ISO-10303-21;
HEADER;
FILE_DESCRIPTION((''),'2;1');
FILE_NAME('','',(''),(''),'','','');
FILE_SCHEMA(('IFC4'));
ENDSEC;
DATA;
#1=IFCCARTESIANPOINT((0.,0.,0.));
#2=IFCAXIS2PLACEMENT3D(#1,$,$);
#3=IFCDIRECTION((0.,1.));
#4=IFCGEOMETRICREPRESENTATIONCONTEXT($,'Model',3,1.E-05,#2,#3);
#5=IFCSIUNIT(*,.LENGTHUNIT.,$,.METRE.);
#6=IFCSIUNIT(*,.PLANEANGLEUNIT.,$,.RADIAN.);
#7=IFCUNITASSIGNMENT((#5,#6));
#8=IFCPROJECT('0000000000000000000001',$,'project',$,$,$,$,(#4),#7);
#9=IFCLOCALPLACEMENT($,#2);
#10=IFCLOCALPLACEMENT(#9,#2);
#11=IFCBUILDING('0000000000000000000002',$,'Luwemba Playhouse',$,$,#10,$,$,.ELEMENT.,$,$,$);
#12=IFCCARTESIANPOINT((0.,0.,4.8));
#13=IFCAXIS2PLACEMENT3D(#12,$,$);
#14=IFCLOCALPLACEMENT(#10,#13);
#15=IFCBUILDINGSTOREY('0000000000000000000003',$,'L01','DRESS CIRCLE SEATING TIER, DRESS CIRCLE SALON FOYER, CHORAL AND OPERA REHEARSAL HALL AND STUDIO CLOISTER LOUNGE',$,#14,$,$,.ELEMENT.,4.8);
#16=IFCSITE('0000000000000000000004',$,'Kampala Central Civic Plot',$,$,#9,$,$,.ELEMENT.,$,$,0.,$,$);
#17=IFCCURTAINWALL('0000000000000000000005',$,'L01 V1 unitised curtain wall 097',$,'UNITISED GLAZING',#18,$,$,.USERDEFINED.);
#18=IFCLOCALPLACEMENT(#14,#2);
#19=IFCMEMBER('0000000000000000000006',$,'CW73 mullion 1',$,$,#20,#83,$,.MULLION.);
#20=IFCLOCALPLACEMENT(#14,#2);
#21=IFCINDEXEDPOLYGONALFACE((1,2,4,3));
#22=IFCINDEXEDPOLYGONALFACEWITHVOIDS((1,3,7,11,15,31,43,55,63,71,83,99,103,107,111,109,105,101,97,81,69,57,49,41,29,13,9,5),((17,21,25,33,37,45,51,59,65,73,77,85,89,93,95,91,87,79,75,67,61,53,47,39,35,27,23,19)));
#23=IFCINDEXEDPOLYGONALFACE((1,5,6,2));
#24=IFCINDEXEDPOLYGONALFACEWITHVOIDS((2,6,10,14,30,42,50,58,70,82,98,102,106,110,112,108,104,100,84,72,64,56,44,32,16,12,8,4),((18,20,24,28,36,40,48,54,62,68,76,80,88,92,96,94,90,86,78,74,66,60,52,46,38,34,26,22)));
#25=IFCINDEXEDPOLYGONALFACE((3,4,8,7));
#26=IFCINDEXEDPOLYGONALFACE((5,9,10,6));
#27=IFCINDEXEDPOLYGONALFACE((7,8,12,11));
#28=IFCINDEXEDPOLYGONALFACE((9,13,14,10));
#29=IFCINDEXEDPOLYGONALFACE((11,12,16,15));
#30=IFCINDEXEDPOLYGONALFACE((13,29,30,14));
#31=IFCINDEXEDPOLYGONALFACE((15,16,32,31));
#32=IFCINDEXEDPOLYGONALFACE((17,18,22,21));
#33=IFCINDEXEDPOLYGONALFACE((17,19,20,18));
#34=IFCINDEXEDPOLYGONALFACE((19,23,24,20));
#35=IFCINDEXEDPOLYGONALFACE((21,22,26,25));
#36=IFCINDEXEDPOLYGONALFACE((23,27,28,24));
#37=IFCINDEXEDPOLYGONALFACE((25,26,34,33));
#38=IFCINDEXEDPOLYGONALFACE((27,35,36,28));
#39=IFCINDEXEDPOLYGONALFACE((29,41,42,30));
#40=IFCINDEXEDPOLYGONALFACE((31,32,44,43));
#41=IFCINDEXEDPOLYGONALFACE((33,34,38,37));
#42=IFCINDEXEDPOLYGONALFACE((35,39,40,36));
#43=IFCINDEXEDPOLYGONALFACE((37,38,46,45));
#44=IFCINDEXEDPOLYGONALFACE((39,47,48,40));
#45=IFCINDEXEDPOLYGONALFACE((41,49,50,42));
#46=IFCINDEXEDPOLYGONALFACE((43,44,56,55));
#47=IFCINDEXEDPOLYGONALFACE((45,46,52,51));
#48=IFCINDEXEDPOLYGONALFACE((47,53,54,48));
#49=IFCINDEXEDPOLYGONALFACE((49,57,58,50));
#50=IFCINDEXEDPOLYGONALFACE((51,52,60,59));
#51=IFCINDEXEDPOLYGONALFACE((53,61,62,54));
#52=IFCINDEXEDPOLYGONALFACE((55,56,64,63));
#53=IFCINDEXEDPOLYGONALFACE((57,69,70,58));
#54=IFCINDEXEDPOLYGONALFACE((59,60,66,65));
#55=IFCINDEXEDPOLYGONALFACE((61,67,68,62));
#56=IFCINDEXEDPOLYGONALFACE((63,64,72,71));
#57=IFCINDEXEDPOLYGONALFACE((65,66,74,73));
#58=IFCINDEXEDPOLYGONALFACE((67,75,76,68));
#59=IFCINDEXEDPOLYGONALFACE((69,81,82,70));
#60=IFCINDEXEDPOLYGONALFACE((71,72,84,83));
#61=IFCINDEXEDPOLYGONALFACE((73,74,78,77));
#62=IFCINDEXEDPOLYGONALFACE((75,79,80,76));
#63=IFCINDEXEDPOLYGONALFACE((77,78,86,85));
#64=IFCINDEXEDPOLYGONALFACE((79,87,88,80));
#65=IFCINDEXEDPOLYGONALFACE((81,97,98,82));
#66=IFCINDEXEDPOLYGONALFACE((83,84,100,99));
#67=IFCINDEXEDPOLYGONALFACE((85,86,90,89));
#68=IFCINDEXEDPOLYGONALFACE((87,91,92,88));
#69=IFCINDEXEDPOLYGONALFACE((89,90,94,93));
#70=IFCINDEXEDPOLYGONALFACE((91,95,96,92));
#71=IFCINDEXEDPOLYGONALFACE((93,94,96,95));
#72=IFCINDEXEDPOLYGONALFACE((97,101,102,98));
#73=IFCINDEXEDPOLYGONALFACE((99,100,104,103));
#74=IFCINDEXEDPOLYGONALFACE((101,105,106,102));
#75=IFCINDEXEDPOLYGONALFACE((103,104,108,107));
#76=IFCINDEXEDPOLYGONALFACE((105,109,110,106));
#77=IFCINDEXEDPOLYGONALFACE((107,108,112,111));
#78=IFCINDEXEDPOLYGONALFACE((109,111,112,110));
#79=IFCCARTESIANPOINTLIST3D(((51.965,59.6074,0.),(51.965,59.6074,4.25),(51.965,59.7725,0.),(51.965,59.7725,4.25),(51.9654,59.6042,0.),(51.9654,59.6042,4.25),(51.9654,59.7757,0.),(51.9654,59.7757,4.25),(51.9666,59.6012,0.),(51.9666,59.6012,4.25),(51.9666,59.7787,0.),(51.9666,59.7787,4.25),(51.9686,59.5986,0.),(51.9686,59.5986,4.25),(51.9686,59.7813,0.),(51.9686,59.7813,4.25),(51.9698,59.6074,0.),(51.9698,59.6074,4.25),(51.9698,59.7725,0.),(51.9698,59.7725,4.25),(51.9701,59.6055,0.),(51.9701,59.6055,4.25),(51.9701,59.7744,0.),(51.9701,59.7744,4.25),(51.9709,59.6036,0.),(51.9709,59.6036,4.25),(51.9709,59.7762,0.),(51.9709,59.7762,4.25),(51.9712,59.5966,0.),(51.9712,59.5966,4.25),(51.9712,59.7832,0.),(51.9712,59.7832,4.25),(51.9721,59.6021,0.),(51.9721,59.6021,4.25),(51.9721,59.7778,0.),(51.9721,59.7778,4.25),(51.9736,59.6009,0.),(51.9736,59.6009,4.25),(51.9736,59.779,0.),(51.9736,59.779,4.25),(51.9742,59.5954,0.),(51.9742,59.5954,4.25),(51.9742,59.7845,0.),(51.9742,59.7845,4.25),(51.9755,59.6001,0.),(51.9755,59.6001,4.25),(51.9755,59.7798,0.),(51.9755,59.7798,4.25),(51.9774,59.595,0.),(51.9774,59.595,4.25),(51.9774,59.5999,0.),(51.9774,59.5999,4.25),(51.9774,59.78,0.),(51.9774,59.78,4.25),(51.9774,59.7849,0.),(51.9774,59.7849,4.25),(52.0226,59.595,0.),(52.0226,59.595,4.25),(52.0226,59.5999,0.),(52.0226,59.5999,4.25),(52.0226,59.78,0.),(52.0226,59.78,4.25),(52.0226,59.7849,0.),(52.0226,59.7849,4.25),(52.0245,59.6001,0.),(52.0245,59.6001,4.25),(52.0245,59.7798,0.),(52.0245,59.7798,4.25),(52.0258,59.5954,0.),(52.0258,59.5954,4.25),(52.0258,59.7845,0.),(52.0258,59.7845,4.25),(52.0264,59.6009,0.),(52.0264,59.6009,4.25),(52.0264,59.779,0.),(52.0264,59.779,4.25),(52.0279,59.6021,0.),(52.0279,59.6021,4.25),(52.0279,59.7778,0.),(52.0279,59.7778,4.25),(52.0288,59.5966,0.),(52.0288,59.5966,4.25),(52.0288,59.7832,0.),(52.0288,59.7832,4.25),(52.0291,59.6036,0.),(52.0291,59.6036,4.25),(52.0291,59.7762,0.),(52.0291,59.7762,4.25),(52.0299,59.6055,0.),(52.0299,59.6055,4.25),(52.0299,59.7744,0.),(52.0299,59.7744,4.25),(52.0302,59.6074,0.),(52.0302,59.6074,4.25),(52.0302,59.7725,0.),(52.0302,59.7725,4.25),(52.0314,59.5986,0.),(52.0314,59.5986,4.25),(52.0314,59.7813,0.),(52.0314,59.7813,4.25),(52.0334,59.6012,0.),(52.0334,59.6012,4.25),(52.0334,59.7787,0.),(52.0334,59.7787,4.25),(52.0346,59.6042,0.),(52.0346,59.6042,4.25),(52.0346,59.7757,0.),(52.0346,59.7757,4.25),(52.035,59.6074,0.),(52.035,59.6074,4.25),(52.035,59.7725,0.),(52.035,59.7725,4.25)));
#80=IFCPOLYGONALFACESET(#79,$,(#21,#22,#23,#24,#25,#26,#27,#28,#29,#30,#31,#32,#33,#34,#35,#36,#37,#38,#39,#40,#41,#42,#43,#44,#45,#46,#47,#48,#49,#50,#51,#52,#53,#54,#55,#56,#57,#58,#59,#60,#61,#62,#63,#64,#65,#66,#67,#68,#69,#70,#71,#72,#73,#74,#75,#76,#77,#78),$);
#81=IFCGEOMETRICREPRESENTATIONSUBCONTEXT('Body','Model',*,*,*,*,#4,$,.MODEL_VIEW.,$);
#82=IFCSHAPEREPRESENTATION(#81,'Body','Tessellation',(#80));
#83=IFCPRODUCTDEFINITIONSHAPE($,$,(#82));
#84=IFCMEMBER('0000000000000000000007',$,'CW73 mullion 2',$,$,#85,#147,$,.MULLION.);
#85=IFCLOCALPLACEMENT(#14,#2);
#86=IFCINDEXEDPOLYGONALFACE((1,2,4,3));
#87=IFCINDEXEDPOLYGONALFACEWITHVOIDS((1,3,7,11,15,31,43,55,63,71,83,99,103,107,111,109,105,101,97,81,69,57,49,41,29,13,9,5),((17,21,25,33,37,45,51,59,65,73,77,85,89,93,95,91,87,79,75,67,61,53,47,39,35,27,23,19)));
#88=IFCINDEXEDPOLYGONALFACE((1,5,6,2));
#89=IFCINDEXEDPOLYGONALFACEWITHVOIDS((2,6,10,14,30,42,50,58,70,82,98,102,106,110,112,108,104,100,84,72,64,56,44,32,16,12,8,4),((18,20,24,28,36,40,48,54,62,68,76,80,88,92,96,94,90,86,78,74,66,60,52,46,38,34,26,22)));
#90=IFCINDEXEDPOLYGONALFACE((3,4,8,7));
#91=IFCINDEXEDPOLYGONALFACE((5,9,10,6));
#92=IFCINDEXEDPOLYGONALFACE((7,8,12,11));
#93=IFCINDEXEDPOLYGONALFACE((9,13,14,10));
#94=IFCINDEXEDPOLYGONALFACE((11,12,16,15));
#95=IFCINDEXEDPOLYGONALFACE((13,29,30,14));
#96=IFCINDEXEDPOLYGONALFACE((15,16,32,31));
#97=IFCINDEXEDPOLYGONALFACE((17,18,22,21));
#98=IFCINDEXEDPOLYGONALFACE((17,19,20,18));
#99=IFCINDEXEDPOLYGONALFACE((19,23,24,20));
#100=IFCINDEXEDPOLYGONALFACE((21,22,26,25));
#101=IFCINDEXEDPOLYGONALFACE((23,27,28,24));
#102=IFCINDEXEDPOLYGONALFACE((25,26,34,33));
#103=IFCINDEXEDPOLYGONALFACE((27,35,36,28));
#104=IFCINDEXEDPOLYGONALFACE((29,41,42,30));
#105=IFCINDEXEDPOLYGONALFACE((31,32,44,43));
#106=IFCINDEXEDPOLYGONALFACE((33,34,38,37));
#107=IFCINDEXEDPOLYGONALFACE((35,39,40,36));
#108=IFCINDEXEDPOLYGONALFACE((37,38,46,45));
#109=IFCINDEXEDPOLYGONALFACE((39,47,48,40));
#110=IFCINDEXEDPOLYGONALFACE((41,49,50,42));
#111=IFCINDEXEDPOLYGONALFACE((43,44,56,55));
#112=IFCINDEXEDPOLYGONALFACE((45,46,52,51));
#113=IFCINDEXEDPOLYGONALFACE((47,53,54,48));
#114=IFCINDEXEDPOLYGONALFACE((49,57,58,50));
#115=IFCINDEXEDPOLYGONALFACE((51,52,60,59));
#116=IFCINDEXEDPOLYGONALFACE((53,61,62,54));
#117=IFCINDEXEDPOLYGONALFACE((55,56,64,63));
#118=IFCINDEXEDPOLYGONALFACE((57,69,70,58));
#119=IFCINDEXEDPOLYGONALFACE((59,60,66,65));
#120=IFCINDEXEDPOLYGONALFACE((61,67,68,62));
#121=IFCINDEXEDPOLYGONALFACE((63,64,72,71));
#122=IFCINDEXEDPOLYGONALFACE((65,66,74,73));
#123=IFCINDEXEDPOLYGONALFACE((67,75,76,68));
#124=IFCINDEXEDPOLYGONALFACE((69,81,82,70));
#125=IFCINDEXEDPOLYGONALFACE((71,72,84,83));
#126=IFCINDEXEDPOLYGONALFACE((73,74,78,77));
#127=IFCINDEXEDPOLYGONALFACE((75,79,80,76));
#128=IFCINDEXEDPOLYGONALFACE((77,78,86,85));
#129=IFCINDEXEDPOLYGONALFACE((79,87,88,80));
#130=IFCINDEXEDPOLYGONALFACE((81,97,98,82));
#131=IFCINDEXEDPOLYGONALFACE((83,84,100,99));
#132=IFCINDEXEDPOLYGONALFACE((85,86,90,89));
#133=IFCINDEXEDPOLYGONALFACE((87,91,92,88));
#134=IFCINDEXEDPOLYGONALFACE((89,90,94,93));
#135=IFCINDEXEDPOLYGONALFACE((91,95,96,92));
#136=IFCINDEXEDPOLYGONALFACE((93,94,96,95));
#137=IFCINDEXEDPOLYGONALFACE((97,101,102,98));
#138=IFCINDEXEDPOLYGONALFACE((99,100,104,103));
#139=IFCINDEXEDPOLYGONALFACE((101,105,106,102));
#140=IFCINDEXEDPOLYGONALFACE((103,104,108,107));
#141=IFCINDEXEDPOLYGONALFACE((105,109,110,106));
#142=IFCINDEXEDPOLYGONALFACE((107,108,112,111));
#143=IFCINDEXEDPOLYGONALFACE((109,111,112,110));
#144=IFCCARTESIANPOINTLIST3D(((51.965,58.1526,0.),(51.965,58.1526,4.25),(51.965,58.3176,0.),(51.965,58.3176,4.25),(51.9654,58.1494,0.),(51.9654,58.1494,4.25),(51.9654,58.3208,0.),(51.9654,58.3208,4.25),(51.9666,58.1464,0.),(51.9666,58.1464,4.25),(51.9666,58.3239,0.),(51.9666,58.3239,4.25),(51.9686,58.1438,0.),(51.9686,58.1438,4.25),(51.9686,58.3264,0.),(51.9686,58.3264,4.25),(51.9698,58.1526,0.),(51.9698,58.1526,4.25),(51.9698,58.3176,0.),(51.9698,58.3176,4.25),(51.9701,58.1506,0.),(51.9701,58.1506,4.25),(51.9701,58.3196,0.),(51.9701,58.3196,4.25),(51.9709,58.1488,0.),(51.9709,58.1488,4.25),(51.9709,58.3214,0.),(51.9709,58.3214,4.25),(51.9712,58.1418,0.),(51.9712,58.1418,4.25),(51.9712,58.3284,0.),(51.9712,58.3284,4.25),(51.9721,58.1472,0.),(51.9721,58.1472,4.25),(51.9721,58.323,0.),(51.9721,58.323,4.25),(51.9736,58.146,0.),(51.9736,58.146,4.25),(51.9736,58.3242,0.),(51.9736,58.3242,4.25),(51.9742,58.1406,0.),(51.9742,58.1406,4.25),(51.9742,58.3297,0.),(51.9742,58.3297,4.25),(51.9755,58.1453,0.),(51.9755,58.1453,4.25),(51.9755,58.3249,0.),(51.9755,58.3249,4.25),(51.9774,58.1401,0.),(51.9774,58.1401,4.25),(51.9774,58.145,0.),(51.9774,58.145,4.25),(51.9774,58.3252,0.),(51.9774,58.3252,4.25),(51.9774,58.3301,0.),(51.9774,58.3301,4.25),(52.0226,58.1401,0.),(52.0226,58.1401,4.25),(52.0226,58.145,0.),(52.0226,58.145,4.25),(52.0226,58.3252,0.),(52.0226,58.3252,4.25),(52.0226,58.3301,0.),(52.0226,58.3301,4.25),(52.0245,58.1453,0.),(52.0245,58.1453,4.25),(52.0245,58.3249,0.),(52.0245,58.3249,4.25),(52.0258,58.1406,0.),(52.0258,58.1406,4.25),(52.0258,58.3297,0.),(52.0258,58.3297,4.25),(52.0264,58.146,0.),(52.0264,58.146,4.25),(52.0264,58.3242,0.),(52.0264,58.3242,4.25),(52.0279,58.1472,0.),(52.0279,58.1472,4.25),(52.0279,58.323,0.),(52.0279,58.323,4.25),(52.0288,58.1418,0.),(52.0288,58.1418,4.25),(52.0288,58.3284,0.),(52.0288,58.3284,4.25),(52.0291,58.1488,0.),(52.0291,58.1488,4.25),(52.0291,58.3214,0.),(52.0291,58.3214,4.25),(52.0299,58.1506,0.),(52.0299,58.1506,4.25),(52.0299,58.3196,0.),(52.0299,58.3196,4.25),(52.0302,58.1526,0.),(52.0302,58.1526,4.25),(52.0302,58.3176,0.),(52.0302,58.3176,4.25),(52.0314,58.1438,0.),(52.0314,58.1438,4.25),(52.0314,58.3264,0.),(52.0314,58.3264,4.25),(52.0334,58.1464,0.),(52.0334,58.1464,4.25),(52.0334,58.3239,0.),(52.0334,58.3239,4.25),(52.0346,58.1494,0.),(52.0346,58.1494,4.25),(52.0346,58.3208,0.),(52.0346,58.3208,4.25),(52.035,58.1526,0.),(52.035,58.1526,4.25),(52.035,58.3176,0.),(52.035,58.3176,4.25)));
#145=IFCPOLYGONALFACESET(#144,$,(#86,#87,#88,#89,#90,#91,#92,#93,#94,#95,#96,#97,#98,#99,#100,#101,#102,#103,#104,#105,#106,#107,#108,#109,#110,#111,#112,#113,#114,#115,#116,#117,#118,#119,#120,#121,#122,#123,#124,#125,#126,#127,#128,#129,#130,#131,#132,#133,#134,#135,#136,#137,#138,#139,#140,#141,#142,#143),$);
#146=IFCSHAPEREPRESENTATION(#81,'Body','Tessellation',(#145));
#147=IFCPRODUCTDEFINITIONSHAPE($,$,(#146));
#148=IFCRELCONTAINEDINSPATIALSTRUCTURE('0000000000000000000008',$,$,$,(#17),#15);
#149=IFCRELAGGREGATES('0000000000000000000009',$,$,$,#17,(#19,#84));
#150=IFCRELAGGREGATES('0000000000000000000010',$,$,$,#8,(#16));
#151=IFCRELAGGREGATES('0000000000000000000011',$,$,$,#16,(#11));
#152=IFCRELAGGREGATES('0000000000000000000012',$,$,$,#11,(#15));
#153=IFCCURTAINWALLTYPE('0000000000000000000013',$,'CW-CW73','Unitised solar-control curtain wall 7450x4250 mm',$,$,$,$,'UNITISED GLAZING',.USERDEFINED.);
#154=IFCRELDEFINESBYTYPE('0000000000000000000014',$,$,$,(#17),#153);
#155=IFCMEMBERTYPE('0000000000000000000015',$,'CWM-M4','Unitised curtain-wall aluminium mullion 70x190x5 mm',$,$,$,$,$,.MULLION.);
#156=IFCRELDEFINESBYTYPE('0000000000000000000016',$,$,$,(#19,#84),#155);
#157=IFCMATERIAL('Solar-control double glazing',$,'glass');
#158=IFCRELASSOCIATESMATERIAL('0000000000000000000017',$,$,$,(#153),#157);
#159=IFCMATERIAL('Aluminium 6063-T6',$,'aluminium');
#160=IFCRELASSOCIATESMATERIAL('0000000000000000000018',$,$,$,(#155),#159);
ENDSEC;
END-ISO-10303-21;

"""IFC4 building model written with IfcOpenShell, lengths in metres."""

from ifc_helpers import new_model, si_unit, direction, frame, origin, origin_2d, place, context, subcontext, project, spatial, hollow_rectangle, extrude, material, material_profile, profile_set, type_object, element, aggregate, save


model = new_model("IFC4")

# Units and contexts
model_context = context("Model", 3, precision=1e-05, world=origin(), true_north=direction((0.0, 1.0)))
body_context = subcontext(model_context, "Body", "Model", "MODEL_VIEW")
ifc_project = project(units=[si_unit("LENGTHUNIT", "METRE"), si_unit("PLANEANGLEUNIT", "RADIAN")], contexts=[model_context])

# Site, building, storey
site_placement = place(None, origin())
site = spatial("IfcSite", under=ifc_project, at=site_placement, Name="Kampala Central Civic Plot", CompositionType="ELEMENT", RefElevation=0.0)
building_placement = place(site_placement, origin())
building = spatial("IfcBuilding", under=site, at=building_placement, Name="Luwemba Playhouse", CompositionType="ELEMENT")
storey_placement = place(building_placement, frame((0.0, 0.0, 4.8)))
storey = spatial("IfcBuildingStorey", under=building, at=storey_placement, Name="L01", Description="DRESS CIRCLE SEATING TIER, DRESS CIRCLE SALON FOYER, CHORAL AND OPERA REHEARSAL HALL AND STUDIO CLOISTER LOUNGE", CompositionType="ELEMENT", Elevation=4.8)

# Curtain wall, members
ifc_material_1 = material(Name="Solar-control double glazing", Category="glass")
curtain_wall_type = type_object("IfcCurtainWallType", Name="CW-CW73", Description="Unitised solar-control curtain wall 7450x4250 mm", ElementType="UNITISED GLAZING", PredefinedType="USERDEFINED", material=ifc_material_1)
curtain_wall_placement = place(storey_placement, origin())
curtain_wall = element("IfcCurtainWall", 1, at=curtain_wall_placement, inside=storey, type_object=curtain_wall_type, Name="L01 V1 unitised curtain wall 097", ObjectType="UNITISED GLAZING", PredefinedType="USERDEFINED")
ifc_material_2 = material(Name="Aluminium 6063-T6", Category="aluminium")
ifc_material_profile_1 = material_profile(ifc_material_2, hollow_rectangle(XDim=0.0701, YDim=0.1899, WallThickness=0.0049, InnerFilletRadius=0.0076, OuterFilletRadius=0.0125, at=origin_2d()))
ifc_profile_set_1 = profile_set([ifc_material_profile_1], Name="Aluminium 6063-T6")
member_type_1 = type_object("IfcMemberType", Name="CWM-M4", Description="Unitised curtain-wall aluminium mullion 70x190x5 mm", PredefinedType="MULLION", material=ifc_profile_set_1)
member_1_placement = place(storey_placement, frame((52.0, 59.6899, 0.0), z_axis=(0.0, 0.0, 1.0), x_axis=(1.0, 0.0, 0.0)))
member_1 = element("IfcMember", 2, at=member_1_placement, type_object=member_type_1, Name="CW73 mullion 1", PredefinedType="MULLION", context=body_context, shape_type="SweptSolid", body=[
    extrude(hollow_rectangle(XDim=0.0701, YDim=0.1899, WallThickness=0.0049, InnerFilletRadius=0.0076, OuterFilletRadius=0.0125, at=origin_2d()), origin(), (0.0, 0.0, 1.0), 4.25),
])
member_2_placement = place(storey_placement, frame((52.0, 58.2351, 0.0), z_axis=(0.0, 0.0, 1.0), x_axis=(1.0, 0.0, 0.0)))
member_2 = element("IfcMember", 3, at=member_2_placement, type_object=member_type_1, Name="CW73 mullion 2", PredefinedType="MULLION", context=body_context, shape_type="SweptSolid", body=[
    extrude(hollow_rectangle(XDim=0.0701, YDim=0.1899, WallThickness=0.0049, InnerFilletRadius=0.0076, OuterFilletRadius=0.0125, at=origin_2d()), origin(), (0.0, 0.0, 1.0), 4.25),
])
aggregate(curtain_wall, [member_1, member_2])

save(model, "model.ifc")
